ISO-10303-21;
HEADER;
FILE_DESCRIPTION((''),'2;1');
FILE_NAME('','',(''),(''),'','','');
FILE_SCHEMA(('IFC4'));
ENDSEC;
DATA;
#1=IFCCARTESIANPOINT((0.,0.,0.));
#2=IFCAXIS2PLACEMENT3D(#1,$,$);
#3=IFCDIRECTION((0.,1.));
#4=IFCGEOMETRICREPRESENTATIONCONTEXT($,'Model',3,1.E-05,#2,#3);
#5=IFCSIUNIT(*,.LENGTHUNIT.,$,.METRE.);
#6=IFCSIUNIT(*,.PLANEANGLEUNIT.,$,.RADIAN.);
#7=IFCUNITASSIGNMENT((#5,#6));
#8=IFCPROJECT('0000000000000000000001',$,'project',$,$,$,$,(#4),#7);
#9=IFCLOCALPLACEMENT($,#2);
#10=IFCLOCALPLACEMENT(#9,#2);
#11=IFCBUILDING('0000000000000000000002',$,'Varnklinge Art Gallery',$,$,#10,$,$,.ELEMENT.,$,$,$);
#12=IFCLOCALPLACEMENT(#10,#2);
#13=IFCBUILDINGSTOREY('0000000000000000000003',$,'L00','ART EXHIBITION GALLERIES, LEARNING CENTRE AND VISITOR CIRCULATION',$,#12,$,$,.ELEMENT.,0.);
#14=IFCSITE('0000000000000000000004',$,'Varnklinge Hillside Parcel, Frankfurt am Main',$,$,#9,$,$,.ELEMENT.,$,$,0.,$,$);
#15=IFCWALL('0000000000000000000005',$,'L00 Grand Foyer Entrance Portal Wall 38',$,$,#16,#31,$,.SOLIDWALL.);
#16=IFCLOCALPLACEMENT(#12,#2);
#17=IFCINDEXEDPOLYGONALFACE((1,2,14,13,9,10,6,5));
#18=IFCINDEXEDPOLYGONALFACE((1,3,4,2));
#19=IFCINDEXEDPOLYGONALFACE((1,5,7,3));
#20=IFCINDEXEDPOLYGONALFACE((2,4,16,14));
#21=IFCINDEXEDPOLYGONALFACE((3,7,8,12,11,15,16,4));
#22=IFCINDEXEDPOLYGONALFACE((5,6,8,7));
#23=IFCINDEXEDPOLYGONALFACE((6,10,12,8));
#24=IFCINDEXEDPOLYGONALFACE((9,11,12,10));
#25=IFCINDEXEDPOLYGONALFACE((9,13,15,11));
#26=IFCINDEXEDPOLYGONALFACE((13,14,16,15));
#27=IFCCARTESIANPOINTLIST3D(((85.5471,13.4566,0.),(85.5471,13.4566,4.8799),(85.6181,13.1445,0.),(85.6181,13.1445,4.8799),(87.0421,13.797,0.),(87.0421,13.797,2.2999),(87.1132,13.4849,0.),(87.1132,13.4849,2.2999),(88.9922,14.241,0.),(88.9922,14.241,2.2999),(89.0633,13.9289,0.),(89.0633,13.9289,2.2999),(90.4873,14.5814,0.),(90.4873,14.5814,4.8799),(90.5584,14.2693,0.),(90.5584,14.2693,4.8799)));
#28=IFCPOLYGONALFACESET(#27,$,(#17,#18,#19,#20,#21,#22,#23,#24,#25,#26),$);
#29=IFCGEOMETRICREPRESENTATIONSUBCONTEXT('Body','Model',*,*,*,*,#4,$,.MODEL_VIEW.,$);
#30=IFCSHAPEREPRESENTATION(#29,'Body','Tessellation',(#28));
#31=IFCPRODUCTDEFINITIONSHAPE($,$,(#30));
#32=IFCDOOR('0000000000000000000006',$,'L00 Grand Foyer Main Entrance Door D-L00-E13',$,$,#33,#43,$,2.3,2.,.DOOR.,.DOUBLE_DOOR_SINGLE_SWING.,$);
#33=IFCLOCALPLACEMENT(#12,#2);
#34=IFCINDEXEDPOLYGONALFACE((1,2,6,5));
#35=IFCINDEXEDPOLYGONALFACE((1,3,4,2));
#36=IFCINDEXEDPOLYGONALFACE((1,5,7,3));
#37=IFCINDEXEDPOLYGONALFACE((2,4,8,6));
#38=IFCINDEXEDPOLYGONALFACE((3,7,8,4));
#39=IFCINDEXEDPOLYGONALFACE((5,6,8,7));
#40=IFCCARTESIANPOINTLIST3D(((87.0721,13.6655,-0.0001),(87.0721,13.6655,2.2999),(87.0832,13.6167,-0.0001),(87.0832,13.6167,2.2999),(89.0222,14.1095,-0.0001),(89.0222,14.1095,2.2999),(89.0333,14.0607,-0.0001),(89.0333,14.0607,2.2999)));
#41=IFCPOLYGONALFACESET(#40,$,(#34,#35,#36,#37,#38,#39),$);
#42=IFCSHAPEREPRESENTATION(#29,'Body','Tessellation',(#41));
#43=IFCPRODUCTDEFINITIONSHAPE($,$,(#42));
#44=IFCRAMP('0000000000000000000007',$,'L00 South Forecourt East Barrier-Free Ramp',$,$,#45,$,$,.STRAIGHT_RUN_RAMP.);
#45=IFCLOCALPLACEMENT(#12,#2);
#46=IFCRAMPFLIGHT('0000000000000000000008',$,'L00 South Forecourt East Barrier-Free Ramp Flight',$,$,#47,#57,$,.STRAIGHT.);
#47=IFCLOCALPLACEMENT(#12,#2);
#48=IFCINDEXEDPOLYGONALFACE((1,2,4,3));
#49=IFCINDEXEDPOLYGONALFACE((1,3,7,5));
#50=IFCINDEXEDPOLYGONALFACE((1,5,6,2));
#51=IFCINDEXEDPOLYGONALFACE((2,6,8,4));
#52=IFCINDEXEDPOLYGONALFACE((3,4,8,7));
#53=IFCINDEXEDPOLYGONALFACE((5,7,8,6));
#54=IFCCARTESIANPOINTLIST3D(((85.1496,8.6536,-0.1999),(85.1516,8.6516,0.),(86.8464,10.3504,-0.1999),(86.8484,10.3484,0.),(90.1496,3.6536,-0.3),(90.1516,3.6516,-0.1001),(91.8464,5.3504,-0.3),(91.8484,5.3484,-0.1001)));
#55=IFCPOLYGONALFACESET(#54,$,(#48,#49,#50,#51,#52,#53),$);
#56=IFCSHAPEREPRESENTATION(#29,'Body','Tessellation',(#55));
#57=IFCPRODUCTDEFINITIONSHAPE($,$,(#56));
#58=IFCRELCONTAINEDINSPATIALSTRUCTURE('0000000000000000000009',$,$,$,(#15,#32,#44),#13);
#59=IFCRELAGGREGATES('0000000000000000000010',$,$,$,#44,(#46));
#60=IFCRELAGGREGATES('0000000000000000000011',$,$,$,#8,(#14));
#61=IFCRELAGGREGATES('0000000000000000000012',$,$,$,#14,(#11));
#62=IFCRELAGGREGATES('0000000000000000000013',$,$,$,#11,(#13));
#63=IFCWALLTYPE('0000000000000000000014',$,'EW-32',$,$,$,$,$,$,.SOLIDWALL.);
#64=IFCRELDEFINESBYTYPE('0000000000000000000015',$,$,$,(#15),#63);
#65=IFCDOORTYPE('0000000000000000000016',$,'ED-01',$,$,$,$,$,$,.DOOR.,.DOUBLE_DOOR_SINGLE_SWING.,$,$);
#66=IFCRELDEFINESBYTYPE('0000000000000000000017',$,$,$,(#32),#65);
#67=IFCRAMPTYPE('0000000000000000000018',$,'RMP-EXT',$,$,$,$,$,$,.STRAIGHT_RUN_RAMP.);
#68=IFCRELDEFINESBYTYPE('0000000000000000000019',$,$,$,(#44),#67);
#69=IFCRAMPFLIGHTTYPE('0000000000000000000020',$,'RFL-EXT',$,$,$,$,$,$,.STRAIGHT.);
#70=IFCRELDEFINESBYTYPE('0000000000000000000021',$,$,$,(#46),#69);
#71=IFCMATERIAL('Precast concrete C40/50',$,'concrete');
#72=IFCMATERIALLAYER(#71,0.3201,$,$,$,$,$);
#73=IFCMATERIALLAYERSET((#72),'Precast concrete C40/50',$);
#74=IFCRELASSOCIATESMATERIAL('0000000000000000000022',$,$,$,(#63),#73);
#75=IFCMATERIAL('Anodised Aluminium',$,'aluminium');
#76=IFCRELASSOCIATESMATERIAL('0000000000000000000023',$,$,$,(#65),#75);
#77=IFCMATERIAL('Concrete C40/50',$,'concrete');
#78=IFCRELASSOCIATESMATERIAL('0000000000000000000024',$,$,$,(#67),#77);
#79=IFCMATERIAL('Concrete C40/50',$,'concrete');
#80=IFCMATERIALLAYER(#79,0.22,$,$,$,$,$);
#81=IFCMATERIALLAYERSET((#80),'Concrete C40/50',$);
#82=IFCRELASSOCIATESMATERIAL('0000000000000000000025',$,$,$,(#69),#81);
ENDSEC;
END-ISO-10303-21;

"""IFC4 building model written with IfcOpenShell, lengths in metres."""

from ifc_helpers import new_model, si_unit, direction, frame, frame_2d, origin, place, context, subcontext, project, spatial, polyline, rectangle, outline, extrude, material, layer, layer_set, type_object, element, fill, aggregate, save


model = new_model("IFC4")

# Units and contexts
model_context = context("Model", 3, precision=1e-05, world=origin(), true_north=direction((0.0, 1.0)))
body_context = subcontext(model_context, "Body", "Model", "MODEL_VIEW")
ifc_project = project(units=[si_unit("LENGTHUNIT", "METRE"), si_unit("PLANEANGLEUNIT", "RADIAN")], contexts=[model_context])

# Site, building, storey
site_placement = place(None, origin())
site = spatial("IfcSite", under=ifc_project, at=site_placement, Name="Varnklinge Hillside Parcel, Frankfurt am Main", CompositionType="ELEMENT", RefElevation=0.0)
building_placement = place(site_placement, origin())
building = spatial("IfcBuilding", under=site, at=building_placement, Name="Varnklinge Art Gallery", CompositionType="ELEMENT")
storey_placement = place(building_placement, origin())
storey = spatial("IfcBuildingStorey", under=building, at=storey_placement, Name="L00", Description="ART EXHIBITION GALLERIES, LEARNING CENTRE AND VISITOR CIRCULATION", CompositionType="ELEMENT", Elevation=0.0)

# Wall, opening, door
ifc_material_1 = material(Name="Precast concrete C40/50", Category="concrete")
ifc_layer_1 = layer(ifc_material_1, 0.3201)
ifc_layer_set_1 = layer_set([ifc_layer_1], Name="Precast concrete C40/50")
wall_type = type_object("IfcWallType", Name="EW-32", PredefinedType="SOLIDWALL", material=ifc_layer_set_1)
wall_placement = place(storey_placement, frame((90.5227, 14.4253, 0.0), z_axis=(0.0, 0.0, 1.0), x_axis=(-0.975048, -0.221994, 0.0)))
wall = element("IfcWall", 1, at=wall_placement, inside=storey, type_object=wall_type, Name="L00 Grand Foyer Entrance Portal Wall 38", PredefinedType="SOLIDWALL", context=body_context, shape_type="SweptSolid", body=[
    extrude(rectangle(XDim=5.0667, YDim=0.3201, at=frame_2d((2.5332, 0.0))), origin(), (0.0, 0.0, 1.0), 4.8799),
])
opening_placement = place(wall_placement, frame((1.5332, 0.0, 0.0)))
opening = element("IfcOpeningElement", 2, at=opening_placement, cuts=wall, PredefinedType="OPENING", context=body_context, shape_type="SweptSolid", body=[
    extrude(rectangle(XDim=2.0, YDim=2.3, at=frame_2d((1.0, 1.1499))), frame((0.0, 0.1702, 0.0), z_axis=(0.0, -1.0, 0.0), x_axis=(1.0, 0.0, 0.0)), (0.0, 0.0, 1.0), 0.3401),
])
ifc_material_2 = material(Name="Anodised Aluminium", Category="aluminium")
door_type = type_object("IfcDoorType", Name="ED-01", OperationType="DOUBLE_DOOR_SINGLE_SWING", PredefinedType="DOOR", material=ifc_material_2)
door_placement = place(opening_placement, origin())
door = element("IfcDoor", 3, at=door_placement, inside=storey, type_object=door_type, Name="L00 Grand Foyer Main Entrance Door D-L00-E13", OperationType="DOUBLE_DOOR_SINGLE_SWING", OverallHeight=2.3, OverallWidth=2.0, PredefinedType="DOOR", context=body_context, shape_type="SweptSolid", body=[
    extrude(rectangle(XDim=2.0, YDim=2.3, at=frame_2d((1.0, 1.1499))), frame((0.0, 0.0249, 0.0), z_axis=(0.0, -1.0, 0.0), x_axis=(1.0, 0.0, 0.0)), (0.0, 0.0, 1.0), 0.05),
])
fill(opening, door)

# Ramp, ramp flight
ifc_material_3 = material(Name="Concrete C40/50", Category="concrete")
ramp_type = type_object("IfcRampType", Name="RMP-EXT", PredefinedType="STRAIGHT_RUN_RAMP", material=ifc_material_3)
ramp_placement = place(storey_placement, origin())
ramp = element("IfcRamp", 4, at=ramp_placement, inside=storey, type_object=ramp_type, Name="L00 South Forecourt East Barrier-Free Ramp", PredefinedType="STRAIGHT_RUN_RAMP")
ifc_material_4 = material(Name="Concrete C40/50", Category="concrete")
ifc_layer_2 = layer(ifc_material_4, 0.22)
ifc_layer_set_2 = layer_set([ifc_layer_2], Name="Concrete C40/50")
ramp_flight_type = type_object("IfcRampFlightType", Name="RFL-EXT", PredefinedType="STRAIGHT", material=ifc_layer_set_2)
ramp_flight_placement = place(storey_placement, frame((91.8484, 5.3484, -0.1001), z_axis=(0.010009, -0.010009, 0.9999), x_axis=(-0.707036, 0.707036, 0.014155)))
ramp_flight = element("IfcRampFlight", 5, at=ramp_flight_placement, type_object=ramp_flight_type, Name="L00 South Forecourt East Barrier-Free Ramp Flight", PredefinedType="STRAIGHT", context=body_context, shape_type="SweptSolid", body=[
    extrude(outline(polyline([(0.0, 0.0), (7.0718, 0.0), (7.0718, 2.3996), (0.0, 2.3996), (0.0, 0.0)])), origin(), (0.0, 0.0, -1.0), 0.2),
])
aggregate(ramp, [ramp_flight])

save(model, "model.ifc")
